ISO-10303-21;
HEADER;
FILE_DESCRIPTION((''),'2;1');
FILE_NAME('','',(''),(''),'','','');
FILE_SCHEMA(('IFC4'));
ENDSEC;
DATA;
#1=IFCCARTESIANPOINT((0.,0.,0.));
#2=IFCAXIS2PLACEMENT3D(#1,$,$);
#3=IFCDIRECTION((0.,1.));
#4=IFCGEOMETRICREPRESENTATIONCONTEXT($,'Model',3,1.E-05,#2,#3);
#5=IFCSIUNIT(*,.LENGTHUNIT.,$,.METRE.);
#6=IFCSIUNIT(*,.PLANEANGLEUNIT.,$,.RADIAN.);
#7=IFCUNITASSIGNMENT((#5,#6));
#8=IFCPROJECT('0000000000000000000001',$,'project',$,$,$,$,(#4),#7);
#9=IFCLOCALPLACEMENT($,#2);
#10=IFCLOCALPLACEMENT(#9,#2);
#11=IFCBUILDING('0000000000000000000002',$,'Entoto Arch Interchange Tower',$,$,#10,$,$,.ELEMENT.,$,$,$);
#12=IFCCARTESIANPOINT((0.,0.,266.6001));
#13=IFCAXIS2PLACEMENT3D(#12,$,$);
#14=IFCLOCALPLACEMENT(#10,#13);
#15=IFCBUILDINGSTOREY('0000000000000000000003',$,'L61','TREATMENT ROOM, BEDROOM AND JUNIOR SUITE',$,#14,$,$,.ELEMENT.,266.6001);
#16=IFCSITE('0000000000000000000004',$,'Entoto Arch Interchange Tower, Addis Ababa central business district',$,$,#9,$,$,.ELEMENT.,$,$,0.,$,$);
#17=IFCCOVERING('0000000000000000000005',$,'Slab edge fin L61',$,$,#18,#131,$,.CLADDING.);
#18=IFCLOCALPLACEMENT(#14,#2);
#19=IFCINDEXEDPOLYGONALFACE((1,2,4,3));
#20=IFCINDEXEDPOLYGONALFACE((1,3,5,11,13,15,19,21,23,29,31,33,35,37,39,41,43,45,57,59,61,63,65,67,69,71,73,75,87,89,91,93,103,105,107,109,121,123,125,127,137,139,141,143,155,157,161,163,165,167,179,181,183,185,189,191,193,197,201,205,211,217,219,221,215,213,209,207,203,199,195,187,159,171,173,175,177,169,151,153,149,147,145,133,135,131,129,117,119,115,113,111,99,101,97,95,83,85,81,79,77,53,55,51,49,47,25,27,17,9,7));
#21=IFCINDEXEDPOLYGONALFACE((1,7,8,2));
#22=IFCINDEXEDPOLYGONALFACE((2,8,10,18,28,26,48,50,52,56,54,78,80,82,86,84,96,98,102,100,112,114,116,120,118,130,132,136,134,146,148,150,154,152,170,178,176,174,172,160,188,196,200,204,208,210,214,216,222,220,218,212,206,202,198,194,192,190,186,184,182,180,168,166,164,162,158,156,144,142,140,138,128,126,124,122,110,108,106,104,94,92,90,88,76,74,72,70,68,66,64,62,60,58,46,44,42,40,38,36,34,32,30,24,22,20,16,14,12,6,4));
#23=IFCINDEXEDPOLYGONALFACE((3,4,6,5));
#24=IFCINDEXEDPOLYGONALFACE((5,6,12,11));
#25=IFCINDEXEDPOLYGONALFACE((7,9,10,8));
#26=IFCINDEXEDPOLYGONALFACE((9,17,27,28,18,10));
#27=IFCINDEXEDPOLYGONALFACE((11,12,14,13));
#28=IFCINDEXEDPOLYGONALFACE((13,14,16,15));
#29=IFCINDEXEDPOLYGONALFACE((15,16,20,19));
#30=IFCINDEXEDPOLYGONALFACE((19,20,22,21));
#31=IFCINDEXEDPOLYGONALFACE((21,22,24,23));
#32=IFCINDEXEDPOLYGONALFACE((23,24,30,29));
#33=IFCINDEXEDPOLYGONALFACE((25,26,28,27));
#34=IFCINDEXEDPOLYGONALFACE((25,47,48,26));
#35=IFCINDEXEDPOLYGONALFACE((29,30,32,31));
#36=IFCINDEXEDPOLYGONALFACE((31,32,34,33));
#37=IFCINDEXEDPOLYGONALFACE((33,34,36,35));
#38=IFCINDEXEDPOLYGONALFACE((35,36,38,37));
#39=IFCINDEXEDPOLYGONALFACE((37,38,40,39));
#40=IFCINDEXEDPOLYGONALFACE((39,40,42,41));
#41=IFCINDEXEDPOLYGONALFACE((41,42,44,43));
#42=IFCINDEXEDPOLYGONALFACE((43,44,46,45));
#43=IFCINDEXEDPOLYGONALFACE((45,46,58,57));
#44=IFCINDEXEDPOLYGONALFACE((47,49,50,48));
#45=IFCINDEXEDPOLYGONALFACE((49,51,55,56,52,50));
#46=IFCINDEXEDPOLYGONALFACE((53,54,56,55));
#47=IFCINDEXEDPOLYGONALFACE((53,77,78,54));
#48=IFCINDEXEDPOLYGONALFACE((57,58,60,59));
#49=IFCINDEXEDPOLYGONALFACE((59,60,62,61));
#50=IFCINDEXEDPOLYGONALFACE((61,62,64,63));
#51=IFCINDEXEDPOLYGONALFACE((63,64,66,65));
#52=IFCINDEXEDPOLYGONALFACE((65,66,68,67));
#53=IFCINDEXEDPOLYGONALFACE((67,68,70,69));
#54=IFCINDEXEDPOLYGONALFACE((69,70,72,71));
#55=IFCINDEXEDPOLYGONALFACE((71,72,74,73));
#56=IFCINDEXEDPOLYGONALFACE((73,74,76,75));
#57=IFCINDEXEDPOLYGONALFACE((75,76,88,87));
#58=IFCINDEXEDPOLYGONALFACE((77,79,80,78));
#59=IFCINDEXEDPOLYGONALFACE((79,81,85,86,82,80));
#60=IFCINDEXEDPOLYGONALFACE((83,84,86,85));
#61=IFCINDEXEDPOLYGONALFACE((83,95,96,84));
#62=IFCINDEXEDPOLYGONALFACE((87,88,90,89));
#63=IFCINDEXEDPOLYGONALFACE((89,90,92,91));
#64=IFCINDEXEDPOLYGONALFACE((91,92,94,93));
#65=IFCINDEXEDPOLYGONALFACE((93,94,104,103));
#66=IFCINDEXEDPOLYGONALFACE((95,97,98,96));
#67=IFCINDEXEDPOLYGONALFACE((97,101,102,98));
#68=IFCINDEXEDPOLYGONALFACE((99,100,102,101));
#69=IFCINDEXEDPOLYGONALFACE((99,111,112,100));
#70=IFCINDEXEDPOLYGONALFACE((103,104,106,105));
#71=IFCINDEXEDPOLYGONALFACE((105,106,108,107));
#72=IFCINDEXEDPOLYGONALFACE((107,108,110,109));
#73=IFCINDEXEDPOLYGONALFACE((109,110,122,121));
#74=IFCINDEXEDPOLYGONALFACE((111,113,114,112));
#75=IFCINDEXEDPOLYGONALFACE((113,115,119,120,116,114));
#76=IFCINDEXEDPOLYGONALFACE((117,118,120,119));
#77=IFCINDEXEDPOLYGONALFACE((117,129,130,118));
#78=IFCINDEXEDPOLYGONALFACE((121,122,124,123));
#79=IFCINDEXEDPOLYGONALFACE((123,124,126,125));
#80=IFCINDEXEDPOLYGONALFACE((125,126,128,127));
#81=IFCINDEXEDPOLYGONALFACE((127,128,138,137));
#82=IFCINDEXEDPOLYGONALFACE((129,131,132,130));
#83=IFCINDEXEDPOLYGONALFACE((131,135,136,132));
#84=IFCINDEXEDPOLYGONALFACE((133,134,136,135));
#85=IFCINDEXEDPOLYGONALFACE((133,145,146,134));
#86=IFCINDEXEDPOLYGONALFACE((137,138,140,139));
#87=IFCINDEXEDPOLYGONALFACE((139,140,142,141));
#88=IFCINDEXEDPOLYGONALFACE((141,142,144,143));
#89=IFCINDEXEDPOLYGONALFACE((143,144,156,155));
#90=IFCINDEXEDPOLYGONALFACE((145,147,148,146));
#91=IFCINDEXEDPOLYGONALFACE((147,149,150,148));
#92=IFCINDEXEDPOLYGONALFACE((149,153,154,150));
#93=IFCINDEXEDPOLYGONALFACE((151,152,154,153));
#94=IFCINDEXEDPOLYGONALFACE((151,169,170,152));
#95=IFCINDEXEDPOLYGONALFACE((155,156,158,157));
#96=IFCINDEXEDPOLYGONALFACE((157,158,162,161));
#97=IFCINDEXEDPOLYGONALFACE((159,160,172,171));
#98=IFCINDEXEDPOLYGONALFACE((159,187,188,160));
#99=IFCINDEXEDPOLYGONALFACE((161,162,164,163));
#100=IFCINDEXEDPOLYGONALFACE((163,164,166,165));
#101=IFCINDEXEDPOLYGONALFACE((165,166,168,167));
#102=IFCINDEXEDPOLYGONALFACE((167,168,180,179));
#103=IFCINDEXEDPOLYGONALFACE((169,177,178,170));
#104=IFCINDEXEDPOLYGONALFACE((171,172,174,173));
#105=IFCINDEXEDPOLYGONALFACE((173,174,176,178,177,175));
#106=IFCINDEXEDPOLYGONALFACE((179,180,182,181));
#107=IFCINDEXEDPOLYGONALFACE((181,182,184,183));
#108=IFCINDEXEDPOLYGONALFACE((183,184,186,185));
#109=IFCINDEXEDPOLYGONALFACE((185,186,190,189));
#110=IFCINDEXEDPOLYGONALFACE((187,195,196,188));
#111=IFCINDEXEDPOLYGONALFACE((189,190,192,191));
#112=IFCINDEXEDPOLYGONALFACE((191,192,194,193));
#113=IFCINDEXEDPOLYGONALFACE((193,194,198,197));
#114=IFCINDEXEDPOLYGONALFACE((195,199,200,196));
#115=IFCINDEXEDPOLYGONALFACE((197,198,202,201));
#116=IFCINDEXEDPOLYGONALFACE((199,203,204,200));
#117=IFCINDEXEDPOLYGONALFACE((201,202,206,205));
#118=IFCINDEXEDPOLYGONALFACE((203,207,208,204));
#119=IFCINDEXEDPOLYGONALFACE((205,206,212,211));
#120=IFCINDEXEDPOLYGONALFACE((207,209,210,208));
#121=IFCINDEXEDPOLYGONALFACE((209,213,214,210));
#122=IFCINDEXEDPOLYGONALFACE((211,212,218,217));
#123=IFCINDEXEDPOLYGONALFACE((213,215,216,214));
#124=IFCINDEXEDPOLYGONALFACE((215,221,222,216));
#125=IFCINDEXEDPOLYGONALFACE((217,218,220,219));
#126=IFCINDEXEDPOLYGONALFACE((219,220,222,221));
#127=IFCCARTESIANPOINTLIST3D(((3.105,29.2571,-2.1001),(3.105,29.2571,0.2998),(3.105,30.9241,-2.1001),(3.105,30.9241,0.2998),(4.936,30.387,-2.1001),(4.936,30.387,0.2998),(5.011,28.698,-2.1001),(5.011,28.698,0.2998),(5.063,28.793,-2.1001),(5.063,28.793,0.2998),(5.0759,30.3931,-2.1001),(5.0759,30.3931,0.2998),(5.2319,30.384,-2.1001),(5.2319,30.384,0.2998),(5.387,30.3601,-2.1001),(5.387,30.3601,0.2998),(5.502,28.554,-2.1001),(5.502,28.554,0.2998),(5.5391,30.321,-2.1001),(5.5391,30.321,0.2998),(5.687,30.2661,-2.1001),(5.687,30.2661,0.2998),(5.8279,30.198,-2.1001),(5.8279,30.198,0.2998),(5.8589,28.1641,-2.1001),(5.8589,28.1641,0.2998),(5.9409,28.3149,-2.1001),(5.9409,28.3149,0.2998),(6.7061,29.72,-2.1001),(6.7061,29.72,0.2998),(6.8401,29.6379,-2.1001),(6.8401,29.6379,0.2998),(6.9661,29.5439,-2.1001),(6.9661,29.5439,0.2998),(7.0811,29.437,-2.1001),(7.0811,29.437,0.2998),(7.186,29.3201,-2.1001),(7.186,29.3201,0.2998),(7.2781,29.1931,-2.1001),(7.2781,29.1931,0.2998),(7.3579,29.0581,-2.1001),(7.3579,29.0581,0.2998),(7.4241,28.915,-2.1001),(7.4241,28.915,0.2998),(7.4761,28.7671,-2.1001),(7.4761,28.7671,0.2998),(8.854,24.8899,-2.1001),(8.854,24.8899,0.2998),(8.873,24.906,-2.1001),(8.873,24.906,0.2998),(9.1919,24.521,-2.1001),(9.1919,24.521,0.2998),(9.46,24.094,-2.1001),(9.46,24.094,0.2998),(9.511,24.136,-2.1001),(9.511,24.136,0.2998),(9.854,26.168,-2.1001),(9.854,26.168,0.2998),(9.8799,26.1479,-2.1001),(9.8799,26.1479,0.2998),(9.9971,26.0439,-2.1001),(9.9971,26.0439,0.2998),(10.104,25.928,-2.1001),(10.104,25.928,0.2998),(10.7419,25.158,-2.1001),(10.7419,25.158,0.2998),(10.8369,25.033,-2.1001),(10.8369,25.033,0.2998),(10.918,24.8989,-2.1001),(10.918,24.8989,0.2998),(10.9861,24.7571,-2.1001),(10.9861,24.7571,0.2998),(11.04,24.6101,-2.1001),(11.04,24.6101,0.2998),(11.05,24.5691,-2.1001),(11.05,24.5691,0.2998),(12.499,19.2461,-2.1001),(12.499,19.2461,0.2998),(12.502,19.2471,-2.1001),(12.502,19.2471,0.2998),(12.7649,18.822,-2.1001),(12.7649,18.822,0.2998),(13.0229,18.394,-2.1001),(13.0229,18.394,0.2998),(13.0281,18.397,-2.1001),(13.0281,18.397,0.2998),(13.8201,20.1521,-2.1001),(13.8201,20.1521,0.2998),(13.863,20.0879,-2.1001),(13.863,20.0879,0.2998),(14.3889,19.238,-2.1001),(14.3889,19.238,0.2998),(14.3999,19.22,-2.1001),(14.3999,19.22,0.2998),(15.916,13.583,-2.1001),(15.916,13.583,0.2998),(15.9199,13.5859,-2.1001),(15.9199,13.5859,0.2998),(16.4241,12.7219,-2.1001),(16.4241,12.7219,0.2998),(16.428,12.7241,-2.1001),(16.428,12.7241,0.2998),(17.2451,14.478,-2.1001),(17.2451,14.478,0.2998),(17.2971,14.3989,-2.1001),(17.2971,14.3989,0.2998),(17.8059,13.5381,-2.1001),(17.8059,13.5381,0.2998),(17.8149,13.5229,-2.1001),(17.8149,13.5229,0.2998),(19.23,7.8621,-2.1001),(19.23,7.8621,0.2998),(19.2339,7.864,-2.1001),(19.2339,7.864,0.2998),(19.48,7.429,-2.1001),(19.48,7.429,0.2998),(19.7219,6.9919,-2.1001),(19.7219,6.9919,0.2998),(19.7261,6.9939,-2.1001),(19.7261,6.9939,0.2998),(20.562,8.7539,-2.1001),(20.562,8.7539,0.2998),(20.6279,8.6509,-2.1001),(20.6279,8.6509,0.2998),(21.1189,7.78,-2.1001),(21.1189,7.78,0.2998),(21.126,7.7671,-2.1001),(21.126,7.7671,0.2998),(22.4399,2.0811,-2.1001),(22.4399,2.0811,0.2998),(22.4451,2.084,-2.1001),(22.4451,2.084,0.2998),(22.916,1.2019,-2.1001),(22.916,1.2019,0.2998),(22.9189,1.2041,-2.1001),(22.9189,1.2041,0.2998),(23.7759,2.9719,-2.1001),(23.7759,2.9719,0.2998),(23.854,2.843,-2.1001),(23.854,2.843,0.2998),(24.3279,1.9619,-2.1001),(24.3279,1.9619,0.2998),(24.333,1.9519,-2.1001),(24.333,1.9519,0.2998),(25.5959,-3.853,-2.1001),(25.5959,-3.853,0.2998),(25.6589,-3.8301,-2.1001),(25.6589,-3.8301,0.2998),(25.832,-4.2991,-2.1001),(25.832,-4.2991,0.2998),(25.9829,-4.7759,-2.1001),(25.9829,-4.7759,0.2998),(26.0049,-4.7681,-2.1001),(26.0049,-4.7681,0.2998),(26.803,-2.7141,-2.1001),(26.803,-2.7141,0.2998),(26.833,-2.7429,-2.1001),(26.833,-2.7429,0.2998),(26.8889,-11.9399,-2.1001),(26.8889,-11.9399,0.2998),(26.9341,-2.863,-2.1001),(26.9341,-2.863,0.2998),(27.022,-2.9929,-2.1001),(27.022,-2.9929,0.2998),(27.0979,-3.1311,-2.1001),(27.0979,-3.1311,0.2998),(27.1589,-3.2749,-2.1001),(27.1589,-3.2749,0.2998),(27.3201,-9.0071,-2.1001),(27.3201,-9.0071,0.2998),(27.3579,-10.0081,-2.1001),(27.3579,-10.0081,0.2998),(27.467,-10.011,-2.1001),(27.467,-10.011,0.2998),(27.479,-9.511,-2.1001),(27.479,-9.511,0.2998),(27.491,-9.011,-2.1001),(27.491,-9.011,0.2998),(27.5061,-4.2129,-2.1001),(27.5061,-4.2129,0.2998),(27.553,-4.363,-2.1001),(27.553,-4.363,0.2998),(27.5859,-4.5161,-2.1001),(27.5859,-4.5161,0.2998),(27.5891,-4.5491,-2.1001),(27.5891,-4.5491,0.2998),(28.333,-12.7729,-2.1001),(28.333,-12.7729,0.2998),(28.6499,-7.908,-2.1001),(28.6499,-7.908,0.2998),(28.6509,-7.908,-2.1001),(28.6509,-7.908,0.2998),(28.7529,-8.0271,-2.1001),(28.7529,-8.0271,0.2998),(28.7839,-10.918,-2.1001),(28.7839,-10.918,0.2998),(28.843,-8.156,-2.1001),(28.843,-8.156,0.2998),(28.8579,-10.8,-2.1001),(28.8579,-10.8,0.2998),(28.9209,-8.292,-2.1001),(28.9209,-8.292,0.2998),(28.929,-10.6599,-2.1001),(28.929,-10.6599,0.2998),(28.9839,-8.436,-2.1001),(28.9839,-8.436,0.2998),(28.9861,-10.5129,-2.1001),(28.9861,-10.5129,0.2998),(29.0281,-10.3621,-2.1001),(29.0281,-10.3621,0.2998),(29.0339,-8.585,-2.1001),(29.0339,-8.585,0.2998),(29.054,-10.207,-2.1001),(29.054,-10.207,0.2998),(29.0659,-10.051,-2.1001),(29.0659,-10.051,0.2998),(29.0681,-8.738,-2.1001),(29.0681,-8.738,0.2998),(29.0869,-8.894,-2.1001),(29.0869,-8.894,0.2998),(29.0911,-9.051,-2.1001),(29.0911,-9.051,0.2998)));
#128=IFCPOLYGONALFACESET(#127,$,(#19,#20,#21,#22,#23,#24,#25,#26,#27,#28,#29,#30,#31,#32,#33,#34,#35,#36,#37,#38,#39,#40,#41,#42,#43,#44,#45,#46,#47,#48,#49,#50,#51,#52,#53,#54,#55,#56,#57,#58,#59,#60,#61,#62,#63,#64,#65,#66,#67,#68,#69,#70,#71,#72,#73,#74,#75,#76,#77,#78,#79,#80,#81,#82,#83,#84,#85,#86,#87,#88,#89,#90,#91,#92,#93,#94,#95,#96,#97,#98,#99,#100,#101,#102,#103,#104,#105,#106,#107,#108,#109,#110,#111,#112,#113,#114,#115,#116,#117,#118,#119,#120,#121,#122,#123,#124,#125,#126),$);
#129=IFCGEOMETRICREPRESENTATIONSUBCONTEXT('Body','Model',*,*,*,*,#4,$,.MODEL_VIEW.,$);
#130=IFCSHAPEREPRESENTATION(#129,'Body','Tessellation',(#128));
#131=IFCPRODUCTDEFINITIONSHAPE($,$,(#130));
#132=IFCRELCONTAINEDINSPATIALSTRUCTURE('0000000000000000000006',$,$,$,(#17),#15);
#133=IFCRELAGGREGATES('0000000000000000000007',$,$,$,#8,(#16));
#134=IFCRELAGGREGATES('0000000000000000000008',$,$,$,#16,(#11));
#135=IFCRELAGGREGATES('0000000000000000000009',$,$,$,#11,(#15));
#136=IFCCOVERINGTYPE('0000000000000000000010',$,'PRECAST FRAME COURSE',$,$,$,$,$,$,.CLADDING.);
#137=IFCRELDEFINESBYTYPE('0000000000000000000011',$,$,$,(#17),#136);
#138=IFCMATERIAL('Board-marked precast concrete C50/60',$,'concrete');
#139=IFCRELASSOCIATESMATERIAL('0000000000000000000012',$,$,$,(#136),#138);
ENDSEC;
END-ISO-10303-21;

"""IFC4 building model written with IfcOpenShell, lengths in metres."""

from ifc_helpers import new_model, si_unit, direction, frame, origin, place, context, subcontext, project, spatial, polyline, outline, extrude, material, type_object, element, save


model = new_model("IFC4")

# Units and contexts
model_context = context("Model", 3, precision=1e-05, world=origin(), true_north=direction((0.0, 1.0)))
body_context = subcontext(model_context, "Body", "Model", "MODEL_VIEW")
ifc_project = project(units=[si_unit("LENGTHUNIT", "METRE"), si_unit("PLANEANGLEUNIT", "RADIAN")], contexts=[model_context])

# Site, building, storey
site_placement = place(None, origin())
site = spatial("IfcSite", under=ifc_project, at=site_placement, Name="Entoto Arch Interchange Tower, Addis Ababa central business district", CompositionType="ELEMENT", RefElevation=0.0)
building_placement = place(site_placement, origin())
building = spatial("IfcBuilding", under=site, at=building_placement, Name="Entoto Arch Interchange Tower", CompositionType="ELEMENT")
storey_placement = place(building_placement, frame((0.0, 0.0, 266.6001)))
storey = spatial("IfcBuildingStorey", under=building, at=storey_placement, Name="L61", Description="TREATMENT ROOM, BEDROOM AND JUNIOR SUITE", CompositionType="ELEMENT", Elevation=266.6001)

# Covering
ifc_material_1 = material(Name="Board-marked precast concrete C50/60", Category="concrete")
covering_type = type_object("IfcCoveringType", Name="PRECAST FRAME COURSE", PredefinedType="CLADDING", material=ifc_material_1)
covering_placement = place(storey_placement, frame((0.0, 0.0, -2.1001)))
element("IfcCovering", 1, at=covering_placement, inside=storey, type_object=covering_type, Name="Slab edge fin L61", PredefinedType="CLADDING", context=body_context, shape_type="SweptSolid", body=[
    extrude(outline(polyline([(5.387, 30.3601), (5.5391, 30.321), (5.687, 30.2661), (5.8279, 30.198), (6.7061, 29.72), (6.8401, 29.6379), (6.9661, 29.5439), (7.0811, 29.437), (7.186, 29.3201), (7.2781, 29.1931), (7.3579, 29.0581), (7.4241, 28.915), (7.4761, 28.7671), (7.4761, 28.7671), (9.854, 26.168), (9.8799, 26.1479), (9.9971, 26.0439), (10.104, 25.928), (10.7419, 25.158), (10.8369, 25.033), (10.918, 24.8989), (10.9861, 24.7571), (11.04, 24.6101), (11.05, 24.5691), (13.8201, 20.1521), (13.863, 20.0879), (14.3889, 19.238), (14.3999, 19.22), (17.2451, 14.478), (17.2971, 14.3989), (17.8059, 13.5381), (17.8149, 13.5229), (20.562, 8.7539), (20.6279, 8.6509), (21.1189, 7.78), (21.126, 7.7671), (23.7759, 2.9719), (23.854, 2.843), (24.3279, 1.9619), (24.333, 1.9519), (26.803, -2.7141), (26.833, -2.7429), (26.9341, -2.863), (27.022, -2.9929), (27.0979, -3.1311), (27.1589, -3.2749), (27.5061, -4.2129), (27.553, -4.363), (27.5859, -4.5161), (27.5891, -4.5491), (28.6499, -7.908), (28.6509, -7.908), (28.7529, -8.0271), (28.843, -8.156), (28.9209, -8.292), (28.9839, -8.436), (29.0339, -8.585), (29.0681, -8.738), (29.0869, -8.894), (29.0911, -9.051), (29.0659, -10.051), (29.054, -10.207), (29.0281, -10.3621), (28.9861, -10.5129), (28.929, -10.6599), (28.8579, -10.8), (28.7839, -10.918), (28.333, -12.7729), (26.8889, -11.9399), (27.3579, -10.0081), (27.467, -10.011), (27.479, -9.511), (27.491, -9.011), (27.3201, -9.0071), (25.9829, -4.7759), (26.0049, -4.7681), (25.832, -4.2991), (25.6589, -3.8301), (25.5959, -3.853), (22.916, 1.2019), (22.9189, 1.2041), (22.4451, 2.084), (22.4399, 2.0811), (19.7219, 6.9919), (19.7261, 6.9939), (19.48, 7.429), (19.2339, 7.864), (19.23, 7.8621), (16.4241, 12.7219), (16.428, 12.7241), (15.9199, 13.5859), (15.916, 13.583), (13.0229, 18.394), (13.0281, 18.397), (12.7649, 18.822), (12.502, 19.2471), (12.499, 19.2461), (9.46, 24.094), (9.511, 24.136), (9.1919, 24.521), (8.873, 24.906), (8.854, 24.8899), (5.8589, 28.1641), (5.9409, 28.3149), (5.502, 28.554), (5.063, 28.793), (5.011, 28.698), (3.105, 29.2571), (3.105, 30.9241), (4.936, 30.387), (5.0759, 30.3931), (5.2319, 30.384), (5.387, 30.3601)])), origin(), (0.0, 0.0, 1.0), 2.3999),
])

save(model, "model.ifc")
